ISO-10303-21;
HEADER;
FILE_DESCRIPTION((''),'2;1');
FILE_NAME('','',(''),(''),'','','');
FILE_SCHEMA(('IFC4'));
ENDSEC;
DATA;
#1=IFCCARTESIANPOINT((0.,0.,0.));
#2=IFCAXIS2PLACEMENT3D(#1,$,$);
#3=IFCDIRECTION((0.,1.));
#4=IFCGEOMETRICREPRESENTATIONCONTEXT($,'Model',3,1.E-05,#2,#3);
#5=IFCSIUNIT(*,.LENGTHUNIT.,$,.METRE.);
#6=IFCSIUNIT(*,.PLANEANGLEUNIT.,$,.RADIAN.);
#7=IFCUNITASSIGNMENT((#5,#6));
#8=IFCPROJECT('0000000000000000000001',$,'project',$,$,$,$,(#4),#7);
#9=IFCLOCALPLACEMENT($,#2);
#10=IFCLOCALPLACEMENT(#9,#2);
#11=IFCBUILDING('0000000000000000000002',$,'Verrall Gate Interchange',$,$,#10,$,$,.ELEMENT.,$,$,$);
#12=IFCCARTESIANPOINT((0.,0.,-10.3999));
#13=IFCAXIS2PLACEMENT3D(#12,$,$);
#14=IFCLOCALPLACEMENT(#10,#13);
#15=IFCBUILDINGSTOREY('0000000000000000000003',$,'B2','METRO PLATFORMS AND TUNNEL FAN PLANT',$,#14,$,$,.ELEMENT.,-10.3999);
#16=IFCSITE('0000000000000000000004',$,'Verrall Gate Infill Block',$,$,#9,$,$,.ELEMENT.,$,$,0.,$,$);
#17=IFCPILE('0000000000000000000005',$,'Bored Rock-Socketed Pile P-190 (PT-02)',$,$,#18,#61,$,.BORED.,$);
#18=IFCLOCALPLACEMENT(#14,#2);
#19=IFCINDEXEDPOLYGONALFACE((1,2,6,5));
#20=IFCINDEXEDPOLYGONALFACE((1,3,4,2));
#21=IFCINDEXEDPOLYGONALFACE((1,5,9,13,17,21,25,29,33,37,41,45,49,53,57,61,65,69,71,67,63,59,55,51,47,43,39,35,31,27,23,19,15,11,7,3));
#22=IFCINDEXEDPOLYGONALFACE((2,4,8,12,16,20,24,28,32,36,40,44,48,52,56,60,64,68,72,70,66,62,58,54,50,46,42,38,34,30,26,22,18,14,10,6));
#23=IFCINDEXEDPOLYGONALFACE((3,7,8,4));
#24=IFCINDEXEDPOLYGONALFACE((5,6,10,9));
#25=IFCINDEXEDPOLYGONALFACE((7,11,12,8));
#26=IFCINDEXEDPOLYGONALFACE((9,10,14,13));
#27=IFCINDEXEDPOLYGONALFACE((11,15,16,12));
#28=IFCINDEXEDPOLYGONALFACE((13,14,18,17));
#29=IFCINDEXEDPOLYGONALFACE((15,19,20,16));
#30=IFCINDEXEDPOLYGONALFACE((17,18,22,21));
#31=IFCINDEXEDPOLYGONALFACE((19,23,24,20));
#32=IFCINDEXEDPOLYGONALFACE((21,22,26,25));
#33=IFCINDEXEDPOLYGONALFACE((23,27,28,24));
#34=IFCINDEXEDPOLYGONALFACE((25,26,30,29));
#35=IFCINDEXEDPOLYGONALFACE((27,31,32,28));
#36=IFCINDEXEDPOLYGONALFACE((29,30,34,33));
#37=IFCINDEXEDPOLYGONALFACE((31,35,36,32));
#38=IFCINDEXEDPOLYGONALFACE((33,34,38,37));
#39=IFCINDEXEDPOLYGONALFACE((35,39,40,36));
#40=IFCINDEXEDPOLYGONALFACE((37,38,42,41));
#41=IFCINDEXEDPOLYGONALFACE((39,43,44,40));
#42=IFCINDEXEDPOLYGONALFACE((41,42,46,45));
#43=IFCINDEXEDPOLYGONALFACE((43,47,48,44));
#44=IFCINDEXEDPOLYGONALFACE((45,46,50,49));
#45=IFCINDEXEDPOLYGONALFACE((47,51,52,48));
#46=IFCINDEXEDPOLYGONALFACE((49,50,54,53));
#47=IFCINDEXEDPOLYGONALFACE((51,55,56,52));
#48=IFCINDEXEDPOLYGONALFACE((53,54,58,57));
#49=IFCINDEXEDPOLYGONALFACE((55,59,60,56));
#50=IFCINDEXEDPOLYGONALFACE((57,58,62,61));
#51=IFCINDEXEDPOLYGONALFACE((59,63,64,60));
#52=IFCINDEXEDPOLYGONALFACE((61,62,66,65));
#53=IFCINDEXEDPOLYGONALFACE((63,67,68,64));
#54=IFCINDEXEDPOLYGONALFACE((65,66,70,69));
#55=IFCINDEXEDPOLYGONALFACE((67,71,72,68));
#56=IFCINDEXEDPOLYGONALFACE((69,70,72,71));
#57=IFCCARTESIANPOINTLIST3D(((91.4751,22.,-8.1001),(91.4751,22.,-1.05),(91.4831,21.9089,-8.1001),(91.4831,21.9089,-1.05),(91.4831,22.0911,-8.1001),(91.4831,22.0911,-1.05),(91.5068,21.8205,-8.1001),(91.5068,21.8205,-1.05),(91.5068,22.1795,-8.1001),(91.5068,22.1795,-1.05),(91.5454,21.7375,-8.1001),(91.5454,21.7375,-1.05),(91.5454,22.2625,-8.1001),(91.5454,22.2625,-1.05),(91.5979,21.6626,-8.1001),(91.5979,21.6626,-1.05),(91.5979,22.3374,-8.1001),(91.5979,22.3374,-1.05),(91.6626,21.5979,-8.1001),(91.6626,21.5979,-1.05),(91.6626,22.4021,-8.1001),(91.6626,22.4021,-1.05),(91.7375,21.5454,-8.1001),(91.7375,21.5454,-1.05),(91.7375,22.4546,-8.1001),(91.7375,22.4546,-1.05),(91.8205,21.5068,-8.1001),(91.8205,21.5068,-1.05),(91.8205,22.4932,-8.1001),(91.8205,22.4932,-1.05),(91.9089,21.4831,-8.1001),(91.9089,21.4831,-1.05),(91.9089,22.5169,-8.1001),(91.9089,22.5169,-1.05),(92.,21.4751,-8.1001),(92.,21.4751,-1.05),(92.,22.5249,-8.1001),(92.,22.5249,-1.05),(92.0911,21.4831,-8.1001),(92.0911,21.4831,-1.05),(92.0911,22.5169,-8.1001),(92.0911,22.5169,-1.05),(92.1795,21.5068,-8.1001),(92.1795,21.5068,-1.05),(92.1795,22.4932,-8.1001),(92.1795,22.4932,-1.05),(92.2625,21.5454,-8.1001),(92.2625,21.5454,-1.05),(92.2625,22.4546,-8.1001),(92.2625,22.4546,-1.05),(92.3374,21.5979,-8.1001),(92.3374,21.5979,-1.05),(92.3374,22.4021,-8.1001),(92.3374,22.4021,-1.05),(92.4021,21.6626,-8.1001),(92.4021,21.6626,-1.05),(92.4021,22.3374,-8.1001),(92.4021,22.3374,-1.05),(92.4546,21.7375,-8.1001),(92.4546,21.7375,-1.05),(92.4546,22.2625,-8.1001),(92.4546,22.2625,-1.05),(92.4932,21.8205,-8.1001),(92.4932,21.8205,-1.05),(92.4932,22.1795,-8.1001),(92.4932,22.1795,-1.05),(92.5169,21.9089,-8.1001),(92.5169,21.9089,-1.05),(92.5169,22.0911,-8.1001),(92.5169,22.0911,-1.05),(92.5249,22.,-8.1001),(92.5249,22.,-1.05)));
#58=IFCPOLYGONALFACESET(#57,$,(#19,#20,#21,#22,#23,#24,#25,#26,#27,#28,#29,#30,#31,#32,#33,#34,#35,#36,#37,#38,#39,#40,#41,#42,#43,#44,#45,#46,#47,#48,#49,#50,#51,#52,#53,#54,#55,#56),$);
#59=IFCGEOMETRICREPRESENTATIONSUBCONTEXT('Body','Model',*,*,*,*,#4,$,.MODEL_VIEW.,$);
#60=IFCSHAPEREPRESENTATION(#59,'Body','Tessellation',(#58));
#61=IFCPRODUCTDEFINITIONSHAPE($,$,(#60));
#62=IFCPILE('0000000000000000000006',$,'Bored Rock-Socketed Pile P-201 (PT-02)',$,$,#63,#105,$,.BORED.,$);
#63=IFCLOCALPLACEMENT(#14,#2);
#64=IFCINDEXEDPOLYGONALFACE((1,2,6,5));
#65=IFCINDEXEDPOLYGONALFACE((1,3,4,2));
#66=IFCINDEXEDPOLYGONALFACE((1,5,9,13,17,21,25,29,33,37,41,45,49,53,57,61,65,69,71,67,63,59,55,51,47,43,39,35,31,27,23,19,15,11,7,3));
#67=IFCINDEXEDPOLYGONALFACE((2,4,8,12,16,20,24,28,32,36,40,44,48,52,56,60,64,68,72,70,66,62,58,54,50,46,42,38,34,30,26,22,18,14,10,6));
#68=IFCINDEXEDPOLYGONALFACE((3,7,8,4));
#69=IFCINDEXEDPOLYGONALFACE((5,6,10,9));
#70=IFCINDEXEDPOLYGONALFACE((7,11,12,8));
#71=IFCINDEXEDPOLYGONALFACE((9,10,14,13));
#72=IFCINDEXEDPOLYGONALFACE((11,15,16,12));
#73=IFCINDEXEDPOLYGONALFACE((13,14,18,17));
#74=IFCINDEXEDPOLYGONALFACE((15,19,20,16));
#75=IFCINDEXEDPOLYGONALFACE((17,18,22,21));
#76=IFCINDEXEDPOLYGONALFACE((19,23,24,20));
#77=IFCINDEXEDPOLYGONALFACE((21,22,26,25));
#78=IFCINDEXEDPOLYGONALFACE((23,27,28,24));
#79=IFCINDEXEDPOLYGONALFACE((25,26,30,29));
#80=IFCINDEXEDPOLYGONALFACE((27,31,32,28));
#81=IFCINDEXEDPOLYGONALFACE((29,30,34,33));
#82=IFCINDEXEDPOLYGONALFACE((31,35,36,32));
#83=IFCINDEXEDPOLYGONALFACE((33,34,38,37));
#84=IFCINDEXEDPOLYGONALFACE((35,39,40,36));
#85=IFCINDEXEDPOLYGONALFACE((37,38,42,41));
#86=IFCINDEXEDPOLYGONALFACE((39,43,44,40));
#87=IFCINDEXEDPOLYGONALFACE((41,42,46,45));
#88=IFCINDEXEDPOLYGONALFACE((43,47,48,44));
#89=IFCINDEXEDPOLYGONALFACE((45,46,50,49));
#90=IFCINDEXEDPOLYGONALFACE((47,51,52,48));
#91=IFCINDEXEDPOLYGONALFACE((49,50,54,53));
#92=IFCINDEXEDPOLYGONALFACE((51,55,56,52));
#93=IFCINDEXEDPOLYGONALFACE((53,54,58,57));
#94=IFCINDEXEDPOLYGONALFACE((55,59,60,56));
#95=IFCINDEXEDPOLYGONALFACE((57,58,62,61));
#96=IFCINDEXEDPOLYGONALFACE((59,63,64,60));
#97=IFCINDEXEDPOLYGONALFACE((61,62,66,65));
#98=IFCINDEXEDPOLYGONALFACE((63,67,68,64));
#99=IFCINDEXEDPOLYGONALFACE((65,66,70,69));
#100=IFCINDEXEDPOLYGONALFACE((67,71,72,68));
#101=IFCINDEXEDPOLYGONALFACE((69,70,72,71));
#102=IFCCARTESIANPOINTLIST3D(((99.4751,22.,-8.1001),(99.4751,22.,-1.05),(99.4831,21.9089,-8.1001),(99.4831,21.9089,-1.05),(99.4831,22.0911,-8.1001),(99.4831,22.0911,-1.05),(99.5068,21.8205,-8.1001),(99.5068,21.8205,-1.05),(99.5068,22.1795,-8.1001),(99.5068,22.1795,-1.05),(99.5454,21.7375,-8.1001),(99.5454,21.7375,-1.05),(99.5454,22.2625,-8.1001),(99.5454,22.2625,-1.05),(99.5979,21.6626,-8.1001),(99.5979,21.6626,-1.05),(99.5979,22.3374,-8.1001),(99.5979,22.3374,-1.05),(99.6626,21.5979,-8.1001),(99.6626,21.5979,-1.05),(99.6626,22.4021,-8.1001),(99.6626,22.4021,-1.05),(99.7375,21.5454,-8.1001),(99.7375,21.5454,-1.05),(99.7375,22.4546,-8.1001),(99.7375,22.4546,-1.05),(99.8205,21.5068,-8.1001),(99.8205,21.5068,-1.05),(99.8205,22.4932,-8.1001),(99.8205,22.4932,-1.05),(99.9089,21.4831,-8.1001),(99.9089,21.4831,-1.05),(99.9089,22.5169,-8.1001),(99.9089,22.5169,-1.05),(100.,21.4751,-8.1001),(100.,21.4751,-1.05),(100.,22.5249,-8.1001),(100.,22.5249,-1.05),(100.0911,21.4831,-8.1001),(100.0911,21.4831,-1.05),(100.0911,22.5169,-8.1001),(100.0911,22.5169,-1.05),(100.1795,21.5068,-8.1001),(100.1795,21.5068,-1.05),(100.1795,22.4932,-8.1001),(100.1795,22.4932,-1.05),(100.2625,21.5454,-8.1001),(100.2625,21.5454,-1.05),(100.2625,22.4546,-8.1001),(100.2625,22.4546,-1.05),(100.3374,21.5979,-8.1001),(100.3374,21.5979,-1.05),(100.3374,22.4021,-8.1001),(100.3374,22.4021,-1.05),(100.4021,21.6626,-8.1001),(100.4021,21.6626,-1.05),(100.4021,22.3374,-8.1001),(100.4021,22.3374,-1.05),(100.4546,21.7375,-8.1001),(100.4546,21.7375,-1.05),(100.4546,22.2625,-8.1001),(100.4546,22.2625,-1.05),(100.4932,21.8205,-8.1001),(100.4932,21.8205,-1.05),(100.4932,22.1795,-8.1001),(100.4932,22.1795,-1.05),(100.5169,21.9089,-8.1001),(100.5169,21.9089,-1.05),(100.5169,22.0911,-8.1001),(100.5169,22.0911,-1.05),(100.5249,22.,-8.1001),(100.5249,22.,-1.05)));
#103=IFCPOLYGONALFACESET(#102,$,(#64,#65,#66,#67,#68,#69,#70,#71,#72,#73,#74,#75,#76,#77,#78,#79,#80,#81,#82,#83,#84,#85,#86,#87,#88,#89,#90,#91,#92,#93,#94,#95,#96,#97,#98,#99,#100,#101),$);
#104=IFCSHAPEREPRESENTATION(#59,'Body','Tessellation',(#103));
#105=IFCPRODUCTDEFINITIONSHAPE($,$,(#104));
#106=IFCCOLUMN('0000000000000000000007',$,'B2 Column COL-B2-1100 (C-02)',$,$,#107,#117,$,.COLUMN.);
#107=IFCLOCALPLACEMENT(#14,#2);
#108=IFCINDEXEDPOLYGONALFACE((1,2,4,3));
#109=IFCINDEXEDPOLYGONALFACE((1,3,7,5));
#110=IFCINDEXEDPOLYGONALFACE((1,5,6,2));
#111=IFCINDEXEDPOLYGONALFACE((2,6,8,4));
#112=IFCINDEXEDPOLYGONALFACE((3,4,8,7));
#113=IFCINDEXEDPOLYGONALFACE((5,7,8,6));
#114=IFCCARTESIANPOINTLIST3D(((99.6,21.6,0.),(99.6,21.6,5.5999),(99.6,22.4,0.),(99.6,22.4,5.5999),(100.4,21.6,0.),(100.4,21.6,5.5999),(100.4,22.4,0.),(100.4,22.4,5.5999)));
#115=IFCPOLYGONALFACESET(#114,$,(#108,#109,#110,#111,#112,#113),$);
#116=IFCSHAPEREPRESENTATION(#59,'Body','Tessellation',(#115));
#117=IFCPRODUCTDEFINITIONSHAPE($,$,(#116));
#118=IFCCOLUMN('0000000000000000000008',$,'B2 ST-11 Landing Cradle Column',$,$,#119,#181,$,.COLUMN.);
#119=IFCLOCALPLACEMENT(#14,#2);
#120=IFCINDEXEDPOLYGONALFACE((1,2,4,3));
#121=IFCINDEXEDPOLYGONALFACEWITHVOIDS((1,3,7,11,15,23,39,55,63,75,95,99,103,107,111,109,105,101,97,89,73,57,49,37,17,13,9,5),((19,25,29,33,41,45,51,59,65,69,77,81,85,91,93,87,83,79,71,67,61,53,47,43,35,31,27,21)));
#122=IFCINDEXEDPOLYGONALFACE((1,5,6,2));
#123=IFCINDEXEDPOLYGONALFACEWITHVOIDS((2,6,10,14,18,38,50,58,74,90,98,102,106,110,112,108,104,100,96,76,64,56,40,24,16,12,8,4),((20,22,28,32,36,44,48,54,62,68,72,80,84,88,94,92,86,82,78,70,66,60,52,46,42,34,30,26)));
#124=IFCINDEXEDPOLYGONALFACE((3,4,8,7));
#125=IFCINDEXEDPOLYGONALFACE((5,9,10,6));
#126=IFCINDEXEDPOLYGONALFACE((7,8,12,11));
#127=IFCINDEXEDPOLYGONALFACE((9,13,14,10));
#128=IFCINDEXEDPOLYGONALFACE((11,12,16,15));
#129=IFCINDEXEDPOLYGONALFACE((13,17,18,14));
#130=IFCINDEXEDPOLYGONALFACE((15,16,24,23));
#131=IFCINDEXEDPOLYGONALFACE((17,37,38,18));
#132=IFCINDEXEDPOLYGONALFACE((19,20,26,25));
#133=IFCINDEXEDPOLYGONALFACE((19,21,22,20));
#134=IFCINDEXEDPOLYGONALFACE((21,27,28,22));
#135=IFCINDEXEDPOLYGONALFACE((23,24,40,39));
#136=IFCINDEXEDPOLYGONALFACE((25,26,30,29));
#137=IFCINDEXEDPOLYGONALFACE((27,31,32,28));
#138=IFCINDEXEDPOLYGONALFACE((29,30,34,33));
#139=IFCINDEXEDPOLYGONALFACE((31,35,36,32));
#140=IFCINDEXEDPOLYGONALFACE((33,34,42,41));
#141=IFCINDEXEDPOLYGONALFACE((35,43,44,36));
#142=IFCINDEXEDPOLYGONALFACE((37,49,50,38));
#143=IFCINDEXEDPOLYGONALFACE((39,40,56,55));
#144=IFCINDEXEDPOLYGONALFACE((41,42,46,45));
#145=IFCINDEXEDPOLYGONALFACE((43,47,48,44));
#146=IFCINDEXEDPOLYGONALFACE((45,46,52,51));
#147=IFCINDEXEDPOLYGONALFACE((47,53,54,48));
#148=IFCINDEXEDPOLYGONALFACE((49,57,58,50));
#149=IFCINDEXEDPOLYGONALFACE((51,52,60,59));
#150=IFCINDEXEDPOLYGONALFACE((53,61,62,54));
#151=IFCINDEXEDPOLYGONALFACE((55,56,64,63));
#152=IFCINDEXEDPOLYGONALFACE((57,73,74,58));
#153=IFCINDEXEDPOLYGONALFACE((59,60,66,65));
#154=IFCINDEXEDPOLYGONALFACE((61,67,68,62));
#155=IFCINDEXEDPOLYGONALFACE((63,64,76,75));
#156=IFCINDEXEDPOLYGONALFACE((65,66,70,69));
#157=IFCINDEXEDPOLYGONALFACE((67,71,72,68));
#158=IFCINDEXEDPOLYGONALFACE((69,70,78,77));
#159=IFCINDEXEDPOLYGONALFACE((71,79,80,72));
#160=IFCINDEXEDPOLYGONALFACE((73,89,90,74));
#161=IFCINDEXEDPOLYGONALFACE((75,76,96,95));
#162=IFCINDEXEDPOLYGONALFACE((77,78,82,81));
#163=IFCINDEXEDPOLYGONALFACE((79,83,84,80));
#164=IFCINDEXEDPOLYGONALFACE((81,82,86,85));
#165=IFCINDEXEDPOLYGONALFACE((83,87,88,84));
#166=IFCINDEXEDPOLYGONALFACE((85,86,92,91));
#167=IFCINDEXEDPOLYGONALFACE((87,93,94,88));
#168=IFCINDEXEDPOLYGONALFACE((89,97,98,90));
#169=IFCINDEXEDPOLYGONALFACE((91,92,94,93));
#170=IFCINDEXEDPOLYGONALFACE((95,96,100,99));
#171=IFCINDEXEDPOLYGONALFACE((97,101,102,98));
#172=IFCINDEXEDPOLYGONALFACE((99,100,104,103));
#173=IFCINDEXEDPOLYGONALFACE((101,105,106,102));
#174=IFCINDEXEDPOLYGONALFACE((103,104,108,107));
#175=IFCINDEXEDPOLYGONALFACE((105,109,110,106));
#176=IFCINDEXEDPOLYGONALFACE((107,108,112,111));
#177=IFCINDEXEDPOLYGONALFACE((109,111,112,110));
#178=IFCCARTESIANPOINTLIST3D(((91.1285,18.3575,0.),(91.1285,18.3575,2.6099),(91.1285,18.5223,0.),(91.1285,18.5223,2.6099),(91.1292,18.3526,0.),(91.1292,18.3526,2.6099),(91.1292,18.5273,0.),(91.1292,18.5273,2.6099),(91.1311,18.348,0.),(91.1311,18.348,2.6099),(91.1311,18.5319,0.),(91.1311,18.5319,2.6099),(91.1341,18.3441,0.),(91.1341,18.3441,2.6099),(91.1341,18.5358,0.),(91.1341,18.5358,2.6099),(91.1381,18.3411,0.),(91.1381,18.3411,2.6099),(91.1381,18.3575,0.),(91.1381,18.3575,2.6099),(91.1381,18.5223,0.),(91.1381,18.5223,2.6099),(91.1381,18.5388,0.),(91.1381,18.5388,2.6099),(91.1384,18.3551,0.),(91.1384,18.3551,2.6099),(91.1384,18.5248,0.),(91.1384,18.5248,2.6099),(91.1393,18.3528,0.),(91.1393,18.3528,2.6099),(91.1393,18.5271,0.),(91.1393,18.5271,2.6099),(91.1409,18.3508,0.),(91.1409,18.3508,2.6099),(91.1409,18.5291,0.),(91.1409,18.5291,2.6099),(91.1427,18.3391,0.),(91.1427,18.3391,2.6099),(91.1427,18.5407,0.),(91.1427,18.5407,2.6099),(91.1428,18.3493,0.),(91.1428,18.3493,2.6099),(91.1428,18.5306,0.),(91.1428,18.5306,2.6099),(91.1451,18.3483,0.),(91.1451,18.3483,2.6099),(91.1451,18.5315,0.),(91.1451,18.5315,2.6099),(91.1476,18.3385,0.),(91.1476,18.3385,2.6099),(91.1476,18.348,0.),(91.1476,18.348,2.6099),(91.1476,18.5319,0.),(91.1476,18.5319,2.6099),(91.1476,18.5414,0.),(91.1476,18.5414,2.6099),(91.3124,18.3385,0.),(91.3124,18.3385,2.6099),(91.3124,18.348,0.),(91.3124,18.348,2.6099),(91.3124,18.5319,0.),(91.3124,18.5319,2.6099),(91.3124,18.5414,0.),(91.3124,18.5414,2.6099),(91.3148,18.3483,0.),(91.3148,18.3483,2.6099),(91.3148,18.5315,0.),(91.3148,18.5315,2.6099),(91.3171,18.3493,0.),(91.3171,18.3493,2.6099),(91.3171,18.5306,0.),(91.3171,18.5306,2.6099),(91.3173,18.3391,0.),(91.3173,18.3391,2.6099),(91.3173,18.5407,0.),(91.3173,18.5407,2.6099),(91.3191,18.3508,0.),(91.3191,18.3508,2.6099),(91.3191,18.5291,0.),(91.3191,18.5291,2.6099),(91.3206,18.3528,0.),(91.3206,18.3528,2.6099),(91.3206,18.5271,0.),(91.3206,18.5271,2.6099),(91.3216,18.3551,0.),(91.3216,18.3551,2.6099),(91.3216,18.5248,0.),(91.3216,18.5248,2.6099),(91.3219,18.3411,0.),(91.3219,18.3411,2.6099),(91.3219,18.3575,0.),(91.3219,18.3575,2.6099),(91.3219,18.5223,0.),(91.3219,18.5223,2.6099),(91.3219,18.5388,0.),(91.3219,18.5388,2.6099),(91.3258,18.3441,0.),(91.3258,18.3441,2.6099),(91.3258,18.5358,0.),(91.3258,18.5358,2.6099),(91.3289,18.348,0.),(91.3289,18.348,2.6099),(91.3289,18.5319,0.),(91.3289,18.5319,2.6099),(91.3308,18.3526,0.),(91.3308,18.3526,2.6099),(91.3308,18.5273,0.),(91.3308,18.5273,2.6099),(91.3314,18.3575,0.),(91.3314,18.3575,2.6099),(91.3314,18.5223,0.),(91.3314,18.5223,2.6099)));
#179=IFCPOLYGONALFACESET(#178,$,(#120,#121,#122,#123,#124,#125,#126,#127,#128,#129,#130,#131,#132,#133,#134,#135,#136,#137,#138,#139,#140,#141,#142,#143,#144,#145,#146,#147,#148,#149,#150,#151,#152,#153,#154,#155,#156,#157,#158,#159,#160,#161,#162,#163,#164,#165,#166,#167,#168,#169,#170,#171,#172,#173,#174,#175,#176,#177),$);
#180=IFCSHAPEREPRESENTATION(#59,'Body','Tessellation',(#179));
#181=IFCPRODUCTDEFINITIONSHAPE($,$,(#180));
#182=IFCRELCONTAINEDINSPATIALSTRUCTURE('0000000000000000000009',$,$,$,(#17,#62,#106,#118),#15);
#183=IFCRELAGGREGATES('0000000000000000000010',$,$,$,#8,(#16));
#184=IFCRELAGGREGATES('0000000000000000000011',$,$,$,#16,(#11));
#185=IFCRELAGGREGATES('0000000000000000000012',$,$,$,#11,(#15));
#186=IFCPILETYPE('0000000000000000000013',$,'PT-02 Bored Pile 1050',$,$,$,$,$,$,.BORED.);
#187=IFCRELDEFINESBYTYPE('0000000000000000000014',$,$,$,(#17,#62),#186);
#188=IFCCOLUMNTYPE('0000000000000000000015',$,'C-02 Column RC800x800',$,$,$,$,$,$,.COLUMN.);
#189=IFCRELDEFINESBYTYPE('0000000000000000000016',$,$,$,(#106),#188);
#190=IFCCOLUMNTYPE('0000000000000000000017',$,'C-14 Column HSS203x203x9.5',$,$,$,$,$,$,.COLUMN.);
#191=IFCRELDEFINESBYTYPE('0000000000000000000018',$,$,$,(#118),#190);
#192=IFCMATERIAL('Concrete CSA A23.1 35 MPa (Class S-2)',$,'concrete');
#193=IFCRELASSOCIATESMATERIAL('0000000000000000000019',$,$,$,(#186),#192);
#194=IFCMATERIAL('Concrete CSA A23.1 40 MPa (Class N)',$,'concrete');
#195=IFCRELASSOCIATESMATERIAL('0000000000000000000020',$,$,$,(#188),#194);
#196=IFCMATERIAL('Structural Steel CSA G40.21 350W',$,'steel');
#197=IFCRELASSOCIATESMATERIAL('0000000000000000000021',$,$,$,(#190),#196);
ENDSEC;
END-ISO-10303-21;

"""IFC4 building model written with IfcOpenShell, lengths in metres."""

from ifc_helpers import new_model, si_unit, direction, frame, origin, origin_2d, place, context, subcontext, project, spatial, rectangle, hollow_rectangle, circle, extrude, material, material_profile, profile_set, type_object, element, save


model = new_model("IFC4")

# Units and contexts
model_context = context("Model", 3, precision=1e-05, world=origin(), true_north=direction((0.0, 1.0)))
body_context = subcontext(model_context, "Body", "Model", "MODEL_VIEW")
ifc_project = project(units=[si_unit("LENGTHUNIT", "METRE"), si_unit("PLANEANGLEUNIT", "RADIAN")], contexts=[model_context])

# Site, building, storey
site_placement = place(None, origin())
site = spatial("IfcSite", under=ifc_project, at=site_placement, Name="Verrall Gate Infill Block", CompositionType="ELEMENT", RefElevation=0.0)
building_placement = place(site_placement, origin())
building = spatial("IfcBuilding", under=site, at=building_placement, Name="Verrall Gate Interchange", CompositionType="ELEMENT")
storey_placement = place(building_placement, frame((0.0, 0.0, -10.3999)))
storey = spatial("IfcBuildingStorey", under=building, at=storey_placement, Name="B2", Description="METRO PLATFORMS AND TUNNEL FAN PLANT", CompositionType="ELEMENT", Elevation=-10.3999)

# Piles
ifc_material_1 = material(Name="Concrete CSA A23.1 35 MPa (Class S-2)", Category="concrete")
ifc_material_profile_1 = material_profile(ifc_material_1, circle(Radius=0.5249, at=origin_2d()), Name="PILE1050D")
ifc_profile_set_1 = profile_set([ifc_material_profile_1], Name="Concrete CSA A23.1 35 MPa (Class S-2)")
pile_type = type_object("IfcPileType", Name="PT-02 Bored Pile 1050", PredefinedType="BORED", material=ifc_profile_set_1)
for number, where, z_axis, x_axis, name in (
    (1, (92.0, 22.0, -1.05), (0.0, 0.0, -1.0), (1.0, 0.0, 0.0), "Bored Rock-Socketed Pile P-190 (PT-02)"),
    (2, (100.0, 22.0, -1.05), (0.0, 0.0, -1.0), (1.0, 0.0, 0.0), "Bored Rock-Socketed Pile P-201 (PT-02)"),
):
    element("IfcPile", number, at=place(storey_placement, frame(where, z_axis=z_axis, x_axis=x_axis)), inside=storey, type_object=pile_type, Name=name, PredefinedType="BORED", context=body_context, shape_type="SweptSolid", body=[
        extrude(circle(Radius=0.5249, at=origin_2d()), origin(), (0.0, 0.0, 1.0), 7.05),
    ])

# Columns
ifc_material_2 = material(Name="Concrete CSA A23.1 40 MPa (Class N)", Category="concrete")
ifc_material_profile_2 = material_profile(ifc_material_2, rectangle(XDim=0.8, YDim=0.8, at=origin_2d()), Name="RC800x800")
ifc_profile_set_2 = profile_set([ifc_material_profile_2], Name="Concrete CSA A23.1 40 MPa (Class N)")
column_type_1 = type_object("IfcColumnType", Name="C-02 Column RC800x800", PredefinedType="COLUMN", material=ifc_profile_set_2)
column_1_placement = place(storey_placement, frame((100.0, 22.0, 0.0), z_axis=(0.0, 0.0, 1.0), x_axis=(1.0, 0.0, 0.0)))
element("IfcColumn", 3, at=column_1_placement, inside=storey, type_object=column_type_1, Name="B2 Column COL-B2-1100 (C-02)", PredefinedType="COLUMN", context=body_context, shape_type="SweptSolid", body=[
    extrude(rectangle(XDim=0.8, YDim=0.8, at=origin_2d()), origin(), (0.0, 0.0, 1.0), 5.5999),
])
ifc_material_3 = material(Name="Structural Steel CSA G40.21 350W", Category="steel")
ifc_material_profile_3 = material_profile(ifc_material_3, hollow_rectangle(XDim=0.2029, YDim=0.2029, WallThickness=0.0095, InnerFilletRadius=0.0095, OuterFilletRadius=0.019, at=origin_2d()), Name="HSS203x203x9.5")
ifc_profile_set_3 = profile_set([ifc_material_profile_3], Name="Structural Steel CSA G40.21 350W")
column_type_2 = type_object("IfcColumnType", Name="C-14 Column HSS203x203x9.5", PredefinedType="COLUMN", material=ifc_profile_set_3)
column_2_placement = place(storey_placement, frame((91.23, 18.4399, 0.0), z_axis=(0.0, 0.0, 1.0), x_axis=(1.0, 0.0, 0.0)))
element("IfcColumn", 4, at=column_2_placement, inside=storey, type_object=column_type_2, Name="B2 ST-11 Landing Cradle Column", PredefinedType="COLUMN", context=body_context, shape_type="SweptSolid", body=[
    extrude(hollow_rectangle(XDim=0.2029, YDim=0.2029, WallThickness=0.0095, InnerFilletRadius=0.0095, OuterFilletRadius=0.019, at=origin_2d()), origin(), (0.0, 0.0, 1.0), 2.6099),
])

save(model, "model.ifc")
